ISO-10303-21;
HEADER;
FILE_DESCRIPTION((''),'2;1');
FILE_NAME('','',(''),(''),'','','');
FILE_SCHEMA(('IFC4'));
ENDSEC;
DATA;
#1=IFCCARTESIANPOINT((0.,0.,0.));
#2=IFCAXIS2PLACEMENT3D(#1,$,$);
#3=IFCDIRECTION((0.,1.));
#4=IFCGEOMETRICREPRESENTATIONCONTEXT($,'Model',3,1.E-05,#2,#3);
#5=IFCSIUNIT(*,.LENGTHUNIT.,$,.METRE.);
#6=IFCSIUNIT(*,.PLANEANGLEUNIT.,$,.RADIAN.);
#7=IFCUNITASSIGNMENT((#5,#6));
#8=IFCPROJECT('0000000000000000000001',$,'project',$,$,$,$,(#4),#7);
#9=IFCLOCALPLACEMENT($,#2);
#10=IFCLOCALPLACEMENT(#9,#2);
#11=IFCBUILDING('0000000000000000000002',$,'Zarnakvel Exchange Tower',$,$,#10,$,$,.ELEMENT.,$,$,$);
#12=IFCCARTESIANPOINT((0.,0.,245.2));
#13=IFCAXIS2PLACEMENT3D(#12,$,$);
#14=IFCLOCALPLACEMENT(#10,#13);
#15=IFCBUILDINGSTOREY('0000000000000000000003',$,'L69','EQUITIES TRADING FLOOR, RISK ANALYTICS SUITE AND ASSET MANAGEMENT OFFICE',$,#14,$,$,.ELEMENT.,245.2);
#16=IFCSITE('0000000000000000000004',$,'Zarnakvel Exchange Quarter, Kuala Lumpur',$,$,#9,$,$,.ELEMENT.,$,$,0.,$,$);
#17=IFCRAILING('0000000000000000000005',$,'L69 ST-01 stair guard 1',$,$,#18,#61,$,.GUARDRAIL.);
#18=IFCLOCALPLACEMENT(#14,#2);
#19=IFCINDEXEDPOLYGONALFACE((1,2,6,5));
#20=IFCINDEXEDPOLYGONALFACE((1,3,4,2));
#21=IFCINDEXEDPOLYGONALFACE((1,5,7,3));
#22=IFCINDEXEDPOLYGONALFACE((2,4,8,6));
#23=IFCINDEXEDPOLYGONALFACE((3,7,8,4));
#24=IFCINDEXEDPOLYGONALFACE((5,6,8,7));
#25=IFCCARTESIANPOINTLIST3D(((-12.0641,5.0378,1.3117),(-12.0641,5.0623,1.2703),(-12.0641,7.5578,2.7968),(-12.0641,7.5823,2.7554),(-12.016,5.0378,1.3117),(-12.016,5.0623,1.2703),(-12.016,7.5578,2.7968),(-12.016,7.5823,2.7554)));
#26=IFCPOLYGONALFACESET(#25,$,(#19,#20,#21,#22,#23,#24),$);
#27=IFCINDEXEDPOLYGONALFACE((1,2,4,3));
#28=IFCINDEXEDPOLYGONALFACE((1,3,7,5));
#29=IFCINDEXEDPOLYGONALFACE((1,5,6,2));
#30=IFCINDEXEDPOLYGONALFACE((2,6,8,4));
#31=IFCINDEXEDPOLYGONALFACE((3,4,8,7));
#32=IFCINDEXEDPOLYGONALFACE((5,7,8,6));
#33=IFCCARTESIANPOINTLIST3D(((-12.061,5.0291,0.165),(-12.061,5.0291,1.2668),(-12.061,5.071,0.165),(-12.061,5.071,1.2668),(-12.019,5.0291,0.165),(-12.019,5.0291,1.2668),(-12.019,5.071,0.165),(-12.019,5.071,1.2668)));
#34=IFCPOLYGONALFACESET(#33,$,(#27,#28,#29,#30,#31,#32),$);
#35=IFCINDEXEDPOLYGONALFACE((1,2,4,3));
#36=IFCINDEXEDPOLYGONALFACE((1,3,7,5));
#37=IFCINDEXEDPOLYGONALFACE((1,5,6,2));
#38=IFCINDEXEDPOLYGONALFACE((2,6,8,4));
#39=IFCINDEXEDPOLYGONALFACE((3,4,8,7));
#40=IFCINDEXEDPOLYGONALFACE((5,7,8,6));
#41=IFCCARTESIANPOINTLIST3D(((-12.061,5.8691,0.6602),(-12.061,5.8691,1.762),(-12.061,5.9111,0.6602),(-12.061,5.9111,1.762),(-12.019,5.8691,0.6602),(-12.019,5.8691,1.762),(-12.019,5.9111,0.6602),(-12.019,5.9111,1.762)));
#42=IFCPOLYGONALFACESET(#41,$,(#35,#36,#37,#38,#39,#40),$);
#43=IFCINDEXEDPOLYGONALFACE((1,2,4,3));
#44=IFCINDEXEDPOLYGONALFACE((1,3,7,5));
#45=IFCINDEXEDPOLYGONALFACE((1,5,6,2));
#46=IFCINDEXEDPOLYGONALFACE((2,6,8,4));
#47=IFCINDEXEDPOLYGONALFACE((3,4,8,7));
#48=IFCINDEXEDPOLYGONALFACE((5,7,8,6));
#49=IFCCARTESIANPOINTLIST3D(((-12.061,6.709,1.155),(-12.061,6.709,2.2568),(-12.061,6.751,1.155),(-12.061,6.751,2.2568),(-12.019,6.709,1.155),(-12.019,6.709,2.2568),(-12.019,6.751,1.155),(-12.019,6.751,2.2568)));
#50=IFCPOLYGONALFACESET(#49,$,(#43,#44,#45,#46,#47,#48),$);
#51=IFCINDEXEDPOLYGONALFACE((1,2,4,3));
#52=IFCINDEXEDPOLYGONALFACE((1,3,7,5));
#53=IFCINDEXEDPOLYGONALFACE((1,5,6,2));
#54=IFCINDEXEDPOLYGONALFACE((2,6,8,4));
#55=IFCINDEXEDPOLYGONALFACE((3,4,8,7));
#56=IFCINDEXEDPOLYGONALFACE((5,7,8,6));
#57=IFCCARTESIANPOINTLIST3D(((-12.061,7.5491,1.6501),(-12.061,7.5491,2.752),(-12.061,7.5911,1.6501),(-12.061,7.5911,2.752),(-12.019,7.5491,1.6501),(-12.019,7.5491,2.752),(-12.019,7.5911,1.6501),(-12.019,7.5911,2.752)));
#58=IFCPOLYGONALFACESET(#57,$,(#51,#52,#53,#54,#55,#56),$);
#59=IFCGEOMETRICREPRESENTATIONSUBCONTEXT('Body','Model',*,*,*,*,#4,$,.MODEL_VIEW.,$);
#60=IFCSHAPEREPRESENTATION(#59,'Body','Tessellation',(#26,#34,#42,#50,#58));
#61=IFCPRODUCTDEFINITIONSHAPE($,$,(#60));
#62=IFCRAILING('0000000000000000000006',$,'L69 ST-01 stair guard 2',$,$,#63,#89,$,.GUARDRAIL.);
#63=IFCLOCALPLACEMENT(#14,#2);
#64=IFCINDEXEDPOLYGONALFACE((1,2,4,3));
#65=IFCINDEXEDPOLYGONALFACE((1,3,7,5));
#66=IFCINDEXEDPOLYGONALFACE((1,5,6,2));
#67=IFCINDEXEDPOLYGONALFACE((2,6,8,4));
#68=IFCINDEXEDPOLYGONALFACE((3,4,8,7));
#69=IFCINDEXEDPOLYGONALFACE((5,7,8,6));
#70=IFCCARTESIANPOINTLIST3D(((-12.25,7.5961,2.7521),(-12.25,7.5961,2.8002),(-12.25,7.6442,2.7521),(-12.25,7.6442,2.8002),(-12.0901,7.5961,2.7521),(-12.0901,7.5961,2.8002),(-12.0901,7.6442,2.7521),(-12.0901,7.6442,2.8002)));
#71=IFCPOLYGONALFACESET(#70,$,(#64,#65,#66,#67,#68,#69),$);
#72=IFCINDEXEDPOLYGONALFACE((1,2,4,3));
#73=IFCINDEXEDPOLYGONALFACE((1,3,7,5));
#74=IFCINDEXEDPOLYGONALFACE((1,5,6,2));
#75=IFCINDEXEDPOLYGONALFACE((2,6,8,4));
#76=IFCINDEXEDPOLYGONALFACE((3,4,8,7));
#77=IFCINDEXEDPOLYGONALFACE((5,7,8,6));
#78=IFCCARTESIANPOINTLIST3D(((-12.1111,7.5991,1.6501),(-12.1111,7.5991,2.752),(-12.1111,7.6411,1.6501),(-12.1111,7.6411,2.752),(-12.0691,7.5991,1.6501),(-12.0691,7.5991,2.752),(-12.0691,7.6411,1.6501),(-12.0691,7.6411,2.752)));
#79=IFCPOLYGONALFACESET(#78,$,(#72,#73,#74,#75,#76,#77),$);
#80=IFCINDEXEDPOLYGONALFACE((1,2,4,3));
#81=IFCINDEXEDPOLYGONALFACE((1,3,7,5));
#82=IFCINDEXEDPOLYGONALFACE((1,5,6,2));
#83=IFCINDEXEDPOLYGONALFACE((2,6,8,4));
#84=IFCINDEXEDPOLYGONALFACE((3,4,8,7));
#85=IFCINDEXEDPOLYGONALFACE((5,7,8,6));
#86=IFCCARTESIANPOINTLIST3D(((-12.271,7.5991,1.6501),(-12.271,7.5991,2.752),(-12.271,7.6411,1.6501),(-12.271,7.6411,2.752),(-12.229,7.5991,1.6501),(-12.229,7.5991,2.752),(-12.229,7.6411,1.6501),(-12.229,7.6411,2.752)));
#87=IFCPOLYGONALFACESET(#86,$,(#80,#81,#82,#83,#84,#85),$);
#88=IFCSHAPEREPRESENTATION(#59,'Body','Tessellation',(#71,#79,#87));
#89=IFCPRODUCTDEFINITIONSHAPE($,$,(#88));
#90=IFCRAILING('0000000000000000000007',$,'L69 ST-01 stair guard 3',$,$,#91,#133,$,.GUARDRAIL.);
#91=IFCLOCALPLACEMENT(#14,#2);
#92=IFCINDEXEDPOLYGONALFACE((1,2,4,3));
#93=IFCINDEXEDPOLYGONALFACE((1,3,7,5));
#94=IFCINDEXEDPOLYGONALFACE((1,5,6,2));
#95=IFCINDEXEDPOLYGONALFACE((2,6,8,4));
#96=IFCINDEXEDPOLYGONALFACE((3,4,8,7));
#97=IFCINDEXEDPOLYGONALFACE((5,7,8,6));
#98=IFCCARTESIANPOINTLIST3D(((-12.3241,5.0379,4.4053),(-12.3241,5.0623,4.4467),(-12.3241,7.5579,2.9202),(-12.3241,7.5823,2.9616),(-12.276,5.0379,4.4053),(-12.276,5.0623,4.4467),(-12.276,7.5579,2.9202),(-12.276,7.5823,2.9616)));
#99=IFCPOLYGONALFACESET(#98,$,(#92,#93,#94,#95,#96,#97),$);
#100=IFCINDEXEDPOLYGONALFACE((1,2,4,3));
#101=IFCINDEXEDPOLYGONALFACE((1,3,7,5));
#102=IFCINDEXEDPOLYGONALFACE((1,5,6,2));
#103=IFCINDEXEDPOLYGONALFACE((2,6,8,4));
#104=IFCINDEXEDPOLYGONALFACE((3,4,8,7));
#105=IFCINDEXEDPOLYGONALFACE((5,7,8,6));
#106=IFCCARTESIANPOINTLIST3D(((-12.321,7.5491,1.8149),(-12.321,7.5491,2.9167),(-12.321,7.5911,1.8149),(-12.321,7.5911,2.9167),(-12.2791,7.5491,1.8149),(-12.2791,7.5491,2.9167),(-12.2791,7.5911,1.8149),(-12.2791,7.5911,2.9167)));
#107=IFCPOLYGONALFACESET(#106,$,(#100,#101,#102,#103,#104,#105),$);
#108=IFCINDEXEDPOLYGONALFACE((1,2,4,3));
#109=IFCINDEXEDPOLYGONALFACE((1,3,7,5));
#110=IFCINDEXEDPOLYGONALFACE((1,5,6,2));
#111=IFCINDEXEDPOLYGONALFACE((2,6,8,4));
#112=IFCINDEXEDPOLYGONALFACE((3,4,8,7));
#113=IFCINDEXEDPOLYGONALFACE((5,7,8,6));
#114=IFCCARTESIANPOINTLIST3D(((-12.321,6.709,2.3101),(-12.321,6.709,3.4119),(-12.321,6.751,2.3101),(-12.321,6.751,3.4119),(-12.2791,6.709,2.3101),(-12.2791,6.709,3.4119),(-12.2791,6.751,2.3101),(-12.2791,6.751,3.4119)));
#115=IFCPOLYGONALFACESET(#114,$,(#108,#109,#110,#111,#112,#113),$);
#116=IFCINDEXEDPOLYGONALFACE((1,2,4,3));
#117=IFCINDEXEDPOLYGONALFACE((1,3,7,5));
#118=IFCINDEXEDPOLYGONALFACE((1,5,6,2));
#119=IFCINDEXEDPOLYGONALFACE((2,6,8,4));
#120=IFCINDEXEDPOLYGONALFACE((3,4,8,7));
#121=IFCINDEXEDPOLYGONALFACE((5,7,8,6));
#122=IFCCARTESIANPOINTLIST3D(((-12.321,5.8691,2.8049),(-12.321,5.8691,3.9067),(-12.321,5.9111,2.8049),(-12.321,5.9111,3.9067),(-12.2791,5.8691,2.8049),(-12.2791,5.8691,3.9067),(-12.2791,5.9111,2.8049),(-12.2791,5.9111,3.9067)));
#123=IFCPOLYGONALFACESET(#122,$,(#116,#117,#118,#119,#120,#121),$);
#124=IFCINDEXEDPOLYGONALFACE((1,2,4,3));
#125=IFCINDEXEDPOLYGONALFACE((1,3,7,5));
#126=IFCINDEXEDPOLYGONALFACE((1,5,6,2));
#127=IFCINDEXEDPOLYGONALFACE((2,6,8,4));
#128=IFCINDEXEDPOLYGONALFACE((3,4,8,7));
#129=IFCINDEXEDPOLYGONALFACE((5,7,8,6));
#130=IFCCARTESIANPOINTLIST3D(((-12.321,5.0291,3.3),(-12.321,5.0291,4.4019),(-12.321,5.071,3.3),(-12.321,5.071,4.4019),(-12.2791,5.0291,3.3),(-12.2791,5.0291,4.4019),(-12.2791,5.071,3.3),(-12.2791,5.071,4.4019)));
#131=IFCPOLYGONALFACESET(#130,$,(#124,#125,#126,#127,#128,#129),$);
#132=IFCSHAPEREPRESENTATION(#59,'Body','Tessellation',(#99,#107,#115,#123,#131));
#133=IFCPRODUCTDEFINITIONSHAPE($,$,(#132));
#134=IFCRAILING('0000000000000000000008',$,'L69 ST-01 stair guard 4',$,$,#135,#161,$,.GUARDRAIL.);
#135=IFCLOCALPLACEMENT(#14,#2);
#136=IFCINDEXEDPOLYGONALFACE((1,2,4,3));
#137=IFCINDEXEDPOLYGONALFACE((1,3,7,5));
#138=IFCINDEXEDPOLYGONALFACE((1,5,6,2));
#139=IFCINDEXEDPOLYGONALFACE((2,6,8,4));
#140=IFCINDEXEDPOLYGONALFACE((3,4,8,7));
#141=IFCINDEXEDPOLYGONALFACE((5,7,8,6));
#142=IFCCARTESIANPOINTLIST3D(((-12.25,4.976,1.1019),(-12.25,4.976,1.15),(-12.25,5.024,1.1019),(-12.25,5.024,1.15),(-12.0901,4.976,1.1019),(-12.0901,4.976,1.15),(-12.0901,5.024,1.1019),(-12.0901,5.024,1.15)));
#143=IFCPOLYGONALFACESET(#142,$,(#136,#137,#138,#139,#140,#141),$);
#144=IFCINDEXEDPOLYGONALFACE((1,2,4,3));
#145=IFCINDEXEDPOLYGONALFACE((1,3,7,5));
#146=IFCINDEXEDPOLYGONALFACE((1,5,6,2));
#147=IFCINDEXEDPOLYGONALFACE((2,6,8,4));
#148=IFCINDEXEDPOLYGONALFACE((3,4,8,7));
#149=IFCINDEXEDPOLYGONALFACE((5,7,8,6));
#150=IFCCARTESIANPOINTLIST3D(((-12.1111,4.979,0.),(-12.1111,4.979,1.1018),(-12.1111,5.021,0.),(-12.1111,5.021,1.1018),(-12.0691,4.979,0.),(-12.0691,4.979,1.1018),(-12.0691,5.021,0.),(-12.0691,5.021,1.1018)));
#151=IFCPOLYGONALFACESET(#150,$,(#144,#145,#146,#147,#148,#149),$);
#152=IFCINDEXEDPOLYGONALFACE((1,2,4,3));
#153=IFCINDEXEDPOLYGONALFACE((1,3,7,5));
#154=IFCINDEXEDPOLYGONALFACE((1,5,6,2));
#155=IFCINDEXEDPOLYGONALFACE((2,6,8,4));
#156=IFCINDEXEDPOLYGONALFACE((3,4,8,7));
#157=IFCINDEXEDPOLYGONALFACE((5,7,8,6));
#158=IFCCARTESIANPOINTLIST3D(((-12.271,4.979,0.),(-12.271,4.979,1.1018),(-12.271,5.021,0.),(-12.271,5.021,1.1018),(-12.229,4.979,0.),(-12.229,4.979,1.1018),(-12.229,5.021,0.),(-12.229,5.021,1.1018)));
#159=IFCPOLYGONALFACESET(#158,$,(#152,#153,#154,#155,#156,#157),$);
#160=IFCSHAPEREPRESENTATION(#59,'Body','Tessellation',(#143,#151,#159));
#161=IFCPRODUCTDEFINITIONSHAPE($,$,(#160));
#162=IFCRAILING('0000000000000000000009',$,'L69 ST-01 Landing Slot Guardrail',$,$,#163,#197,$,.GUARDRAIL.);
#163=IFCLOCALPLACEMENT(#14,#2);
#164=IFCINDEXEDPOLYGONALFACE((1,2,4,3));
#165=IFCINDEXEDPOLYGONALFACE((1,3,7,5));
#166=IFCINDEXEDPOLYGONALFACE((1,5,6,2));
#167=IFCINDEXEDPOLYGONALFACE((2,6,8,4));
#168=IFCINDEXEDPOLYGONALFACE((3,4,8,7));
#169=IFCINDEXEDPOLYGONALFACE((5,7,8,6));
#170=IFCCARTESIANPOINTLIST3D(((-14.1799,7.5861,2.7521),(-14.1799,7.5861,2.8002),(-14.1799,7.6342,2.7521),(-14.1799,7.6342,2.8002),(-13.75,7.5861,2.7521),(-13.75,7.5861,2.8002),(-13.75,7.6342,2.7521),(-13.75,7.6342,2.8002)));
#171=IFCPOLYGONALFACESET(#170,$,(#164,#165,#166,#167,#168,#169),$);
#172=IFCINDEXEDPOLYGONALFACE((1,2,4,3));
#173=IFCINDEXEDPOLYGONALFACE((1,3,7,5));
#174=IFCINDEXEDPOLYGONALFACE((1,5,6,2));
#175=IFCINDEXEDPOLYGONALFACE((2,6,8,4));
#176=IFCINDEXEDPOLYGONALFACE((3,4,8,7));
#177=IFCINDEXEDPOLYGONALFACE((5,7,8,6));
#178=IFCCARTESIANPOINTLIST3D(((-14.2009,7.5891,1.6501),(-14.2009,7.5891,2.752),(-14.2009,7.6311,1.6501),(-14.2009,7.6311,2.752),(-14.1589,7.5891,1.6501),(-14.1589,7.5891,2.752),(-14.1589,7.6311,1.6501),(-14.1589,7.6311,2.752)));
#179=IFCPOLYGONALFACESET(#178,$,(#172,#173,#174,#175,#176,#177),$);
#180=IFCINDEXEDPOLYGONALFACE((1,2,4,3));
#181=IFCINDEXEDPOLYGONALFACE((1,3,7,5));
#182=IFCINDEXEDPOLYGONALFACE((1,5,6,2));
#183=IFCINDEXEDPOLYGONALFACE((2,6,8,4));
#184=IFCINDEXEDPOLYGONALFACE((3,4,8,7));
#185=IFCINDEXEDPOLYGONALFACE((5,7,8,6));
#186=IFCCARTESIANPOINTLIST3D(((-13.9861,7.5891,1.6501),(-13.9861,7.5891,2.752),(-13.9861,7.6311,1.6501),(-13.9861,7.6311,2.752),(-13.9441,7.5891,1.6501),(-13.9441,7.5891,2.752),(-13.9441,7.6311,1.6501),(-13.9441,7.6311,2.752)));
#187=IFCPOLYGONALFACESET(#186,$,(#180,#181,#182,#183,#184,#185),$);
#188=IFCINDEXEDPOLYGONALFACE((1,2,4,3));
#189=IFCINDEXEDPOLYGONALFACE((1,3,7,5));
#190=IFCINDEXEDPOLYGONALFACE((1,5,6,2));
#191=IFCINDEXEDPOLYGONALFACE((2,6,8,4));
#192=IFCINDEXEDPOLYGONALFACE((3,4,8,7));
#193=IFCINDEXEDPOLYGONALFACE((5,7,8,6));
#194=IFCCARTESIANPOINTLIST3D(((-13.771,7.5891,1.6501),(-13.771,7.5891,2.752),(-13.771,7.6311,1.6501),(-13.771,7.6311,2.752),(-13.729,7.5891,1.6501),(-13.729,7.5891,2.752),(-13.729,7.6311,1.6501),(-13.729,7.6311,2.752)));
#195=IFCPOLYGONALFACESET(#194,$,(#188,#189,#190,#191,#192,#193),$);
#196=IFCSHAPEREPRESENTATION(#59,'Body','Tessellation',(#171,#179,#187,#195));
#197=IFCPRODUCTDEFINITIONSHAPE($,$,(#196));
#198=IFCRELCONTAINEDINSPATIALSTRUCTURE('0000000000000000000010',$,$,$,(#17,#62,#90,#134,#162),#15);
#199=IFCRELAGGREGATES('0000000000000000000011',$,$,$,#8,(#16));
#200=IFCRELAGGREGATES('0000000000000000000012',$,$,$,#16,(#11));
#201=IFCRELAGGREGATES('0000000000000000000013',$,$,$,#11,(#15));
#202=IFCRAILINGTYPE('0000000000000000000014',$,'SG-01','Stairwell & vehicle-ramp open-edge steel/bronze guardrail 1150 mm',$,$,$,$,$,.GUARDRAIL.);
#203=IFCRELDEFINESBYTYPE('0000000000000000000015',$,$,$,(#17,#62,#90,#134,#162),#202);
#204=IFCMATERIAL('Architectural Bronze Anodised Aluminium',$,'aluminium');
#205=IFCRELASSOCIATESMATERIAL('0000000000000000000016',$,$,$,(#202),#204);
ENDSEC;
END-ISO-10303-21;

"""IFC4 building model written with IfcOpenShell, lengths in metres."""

from ifc_helpers import new_model, si_unit, direction, frame, origin, origin_2d, place, context, subcontext, project, spatial, rectangle, extrude, material, type_object, element, save


model = new_model("IFC4")

# Units and contexts
model_context = context("Model", 3, precision=1e-05, world=origin(), true_north=direction((0.0, 1.0)))
body_context = subcontext(model_context, "Body", "Model", "MODEL_VIEW")
ifc_project = project(units=[si_unit("LENGTHUNIT", "METRE"), si_unit("PLANEANGLEUNIT", "RADIAN")], contexts=[model_context])

# Site, building, storey
site_placement = place(None, origin())
site = spatial("IfcSite", under=ifc_project, at=site_placement, Name="Zarnakvel Exchange Quarter, Kuala Lumpur", CompositionType="ELEMENT", RefElevation=0.0)
building_placement = place(site_placement, origin())
building = spatial("IfcBuilding", under=site, at=building_placement, Name="Zarnakvel Exchange Tower", CompositionType="ELEMENT")
storey_placement = place(building_placement, frame((0.0, 0.0, 245.2)))
storey = spatial("IfcBuildingStorey", under=building, at=storey_placement, Name="L69", Description="EQUITIES TRADING FLOOR, RISK ANALYTICS SUITE AND ASSET MANAGEMENT OFFICE", CompositionType="ELEMENT", Elevation=245.2)

# Shared definitions
ifc_material_1 = material(Name="Architectural Bronze Anodised Aluminium", Category="aluminium")

# Railings
railing_type_1 = type_object("IfcRailingType", Name="SG-01", Description="Stairwell & vehicle-ramp open-edge steel/bronze guardrail 1150 mm", PredefinedType="GUARDRAIL", material=ifc_material_1)
railing_1_placement = place(storey_placement, frame((-12.04, 5.05, 0.165)))
element("IfcRailing", 1, at=railing_1_placement, inside=storey, type_object=railing_type_1, Name="L69 ST-01 stair guard 1", PredefinedType="GUARDRAIL", context=body_context, shape_type="SweptSolid", body=[
    extrude(rectangle(XDim=0.0481, YDim=0.0481, at=origin_2d()), frame((0.0, 0.0, 1.126), z_axis=(0.0, 0.861524, 0.507717), x_axis=(-1.0, 0.0, 0.0)), (0.0, 0.0, 1.0), 2.925),
    extrude(rectangle(XDim=0.042, YDim=0.042, at=origin_2d()), origin(), (0.0, 0.0, 1.0), 1.1018),
    extrude(rectangle(XDim=0.042, YDim=0.042, at=origin_2d()), frame((0.0, 0.8401, 0.4951)), (0.0, 0.0, 1.0), 1.1018),
    extrude(rectangle(XDim=0.042, YDim=0.042, at=origin_2d()), frame((0.0, 1.6799, 0.99)), (0.0, 0.0, 1.0), 1.1018),
    extrude(rectangle(XDim=0.042, YDim=0.042, at=origin_2d()), frame((0.0, 2.52, 1.4851)), (0.0, 0.0, 1.0), 1.1018),
])
railing_2_placement = place(storey_placement, frame((-12.0901, 7.6201, 1.6501)))
element("IfcRailing", 2, at=railing_2_placement, inside=storey, type_object=railing_type_1, Name="L69 ST-01 stair guard 2", PredefinedType="GUARDRAIL", context=body_context, shape_type="SweptSolid", body=[
    extrude(rectangle(XDim=0.0481, YDim=0.0481, at=origin_2d()), frame((0.0, 0.0, 1.126), z_axis=(-1.0, 0.0, 0.0), x_axis=(0.0, -1.0, 0.0)), (0.0, 0.0, 1.0), 0.1599),
    extrude(rectangle(XDim=0.042, YDim=0.042, at=origin_2d()), origin(), (0.0, 0.0, 1.0), 1.1018),
    extrude(rectangle(XDim=0.042, YDim=0.042, at=origin_2d()), frame((-0.1599, 0.0, 0.0)), (0.0, 0.0, 1.0), 1.1018),
])
railing_3_placement = place(storey_placement, frame((-12.3, 7.5701, 1.8149)))
element("IfcRailing", 3, at=railing_3_placement, inside=storey, type_object=railing_type_1, Name="L69 ST-01 stair guard 3", PredefinedType="GUARDRAIL", context=body_context, shape_type="SweptSolid", body=[
    extrude(rectangle(XDim=0.0481, YDim=0.0481, at=origin_2d()), frame((0.0, 0.0, 1.126), z_axis=(0.0, -0.861524, 0.507717), x_axis=(1.0, 0.0, 0.0)), (0.0, 0.0, 1.0), 2.925),
    extrude(rectangle(XDim=0.042, YDim=0.042, at=origin_2d()), origin(), (0.0, 0.0, 1.0), 1.1018),
    extrude(rectangle(XDim=0.042, YDim=0.042, at=origin_2d()), frame((0.0, -0.8401, 0.4951)), (0.0, 0.0, 1.0), 1.1018),
    extrude(rectangle(XDim=0.042, YDim=0.042, at=origin_2d()), frame((0.0, -1.6799, 0.99)), (0.0, 0.0, 1.0), 1.1018),
    extrude(rectangle(XDim=0.042, YDim=0.042, at=origin_2d()), frame((0.0, -2.52, 1.4851)), (0.0, 0.0, 1.0), 1.1018),
])
railing_4_placement = place(storey_placement, frame((-12.0901, 5.0, 0.0)))
element("IfcRailing", 4, at=railing_4_placement, inside=storey, type_object=railing_type_1, Name="L69 ST-01 stair guard 4", PredefinedType="GUARDRAIL", context=body_context, shape_type="SweptSolid", body=[
    extrude(rectangle(XDim=0.0481, YDim=0.0481, at=origin_2d()), frame((0.0, 0.0, 1.126), z_axis=(-1.0, 0.0, 0.0), x_axis=(0.0, -1.0, 0.0)), (0.0, 0.0, 1.0), 0.1599),
    extrude(rectangle(XDim=0.042, YDim=0.042, at=origin_2d()), origin(), (0.0, 0.0, 1.0), 1.1018),
    extrude(rectangle(XDim=0.042, YDim=0.042, at=origin_2d()), frame((-0.1599, 0.0, 0.0)), (0.0, 0.0, 1.0), 1.1018),
])
railing_5_placement = place(storey_placement, frame((-14.1799, 7.6101, 1.6501)))
element("IfcRailing", 5, at=railing_5_placement, inside=storey, type_object=railing_type_1, Name="L69 ST-01 Landing Slot Guardrail", PredefinedType="GUARDRAIL", context=body_context, shape_type="SweptSolid", body=[
    extrude(rectangle(XDim=0.0481, YDim=0.0481, at=origin_2d()), frame((0.0, 0.0, 1.126), z_axis=(1.0, 0.0, 0.0), x_axis=(0.0, 1.0, 0.0)), (0.0, 0.0, 1.0), 0.4299),
    extrude(rectangle(XDim=0.042, YDim=0.042, at=origin_2d()), origin(), (0.0, 0.0, 1.0), 1.1018),
    extrude(rectangle(XDim=0.042, YDim=0.042, at=origin_2d()), frame((0.2148, 0.0, 0.0)), (0.0, 0.0, 1.0), 1.1018),
    extrude(rectangle(XDim=0.042, YDim=0.042, at=origin_2d()), frame((0.4299, 0.0, 0.0)), (0.0, 0.0, 1.0), 1.1018),
])

save(model, "model.ifc")
